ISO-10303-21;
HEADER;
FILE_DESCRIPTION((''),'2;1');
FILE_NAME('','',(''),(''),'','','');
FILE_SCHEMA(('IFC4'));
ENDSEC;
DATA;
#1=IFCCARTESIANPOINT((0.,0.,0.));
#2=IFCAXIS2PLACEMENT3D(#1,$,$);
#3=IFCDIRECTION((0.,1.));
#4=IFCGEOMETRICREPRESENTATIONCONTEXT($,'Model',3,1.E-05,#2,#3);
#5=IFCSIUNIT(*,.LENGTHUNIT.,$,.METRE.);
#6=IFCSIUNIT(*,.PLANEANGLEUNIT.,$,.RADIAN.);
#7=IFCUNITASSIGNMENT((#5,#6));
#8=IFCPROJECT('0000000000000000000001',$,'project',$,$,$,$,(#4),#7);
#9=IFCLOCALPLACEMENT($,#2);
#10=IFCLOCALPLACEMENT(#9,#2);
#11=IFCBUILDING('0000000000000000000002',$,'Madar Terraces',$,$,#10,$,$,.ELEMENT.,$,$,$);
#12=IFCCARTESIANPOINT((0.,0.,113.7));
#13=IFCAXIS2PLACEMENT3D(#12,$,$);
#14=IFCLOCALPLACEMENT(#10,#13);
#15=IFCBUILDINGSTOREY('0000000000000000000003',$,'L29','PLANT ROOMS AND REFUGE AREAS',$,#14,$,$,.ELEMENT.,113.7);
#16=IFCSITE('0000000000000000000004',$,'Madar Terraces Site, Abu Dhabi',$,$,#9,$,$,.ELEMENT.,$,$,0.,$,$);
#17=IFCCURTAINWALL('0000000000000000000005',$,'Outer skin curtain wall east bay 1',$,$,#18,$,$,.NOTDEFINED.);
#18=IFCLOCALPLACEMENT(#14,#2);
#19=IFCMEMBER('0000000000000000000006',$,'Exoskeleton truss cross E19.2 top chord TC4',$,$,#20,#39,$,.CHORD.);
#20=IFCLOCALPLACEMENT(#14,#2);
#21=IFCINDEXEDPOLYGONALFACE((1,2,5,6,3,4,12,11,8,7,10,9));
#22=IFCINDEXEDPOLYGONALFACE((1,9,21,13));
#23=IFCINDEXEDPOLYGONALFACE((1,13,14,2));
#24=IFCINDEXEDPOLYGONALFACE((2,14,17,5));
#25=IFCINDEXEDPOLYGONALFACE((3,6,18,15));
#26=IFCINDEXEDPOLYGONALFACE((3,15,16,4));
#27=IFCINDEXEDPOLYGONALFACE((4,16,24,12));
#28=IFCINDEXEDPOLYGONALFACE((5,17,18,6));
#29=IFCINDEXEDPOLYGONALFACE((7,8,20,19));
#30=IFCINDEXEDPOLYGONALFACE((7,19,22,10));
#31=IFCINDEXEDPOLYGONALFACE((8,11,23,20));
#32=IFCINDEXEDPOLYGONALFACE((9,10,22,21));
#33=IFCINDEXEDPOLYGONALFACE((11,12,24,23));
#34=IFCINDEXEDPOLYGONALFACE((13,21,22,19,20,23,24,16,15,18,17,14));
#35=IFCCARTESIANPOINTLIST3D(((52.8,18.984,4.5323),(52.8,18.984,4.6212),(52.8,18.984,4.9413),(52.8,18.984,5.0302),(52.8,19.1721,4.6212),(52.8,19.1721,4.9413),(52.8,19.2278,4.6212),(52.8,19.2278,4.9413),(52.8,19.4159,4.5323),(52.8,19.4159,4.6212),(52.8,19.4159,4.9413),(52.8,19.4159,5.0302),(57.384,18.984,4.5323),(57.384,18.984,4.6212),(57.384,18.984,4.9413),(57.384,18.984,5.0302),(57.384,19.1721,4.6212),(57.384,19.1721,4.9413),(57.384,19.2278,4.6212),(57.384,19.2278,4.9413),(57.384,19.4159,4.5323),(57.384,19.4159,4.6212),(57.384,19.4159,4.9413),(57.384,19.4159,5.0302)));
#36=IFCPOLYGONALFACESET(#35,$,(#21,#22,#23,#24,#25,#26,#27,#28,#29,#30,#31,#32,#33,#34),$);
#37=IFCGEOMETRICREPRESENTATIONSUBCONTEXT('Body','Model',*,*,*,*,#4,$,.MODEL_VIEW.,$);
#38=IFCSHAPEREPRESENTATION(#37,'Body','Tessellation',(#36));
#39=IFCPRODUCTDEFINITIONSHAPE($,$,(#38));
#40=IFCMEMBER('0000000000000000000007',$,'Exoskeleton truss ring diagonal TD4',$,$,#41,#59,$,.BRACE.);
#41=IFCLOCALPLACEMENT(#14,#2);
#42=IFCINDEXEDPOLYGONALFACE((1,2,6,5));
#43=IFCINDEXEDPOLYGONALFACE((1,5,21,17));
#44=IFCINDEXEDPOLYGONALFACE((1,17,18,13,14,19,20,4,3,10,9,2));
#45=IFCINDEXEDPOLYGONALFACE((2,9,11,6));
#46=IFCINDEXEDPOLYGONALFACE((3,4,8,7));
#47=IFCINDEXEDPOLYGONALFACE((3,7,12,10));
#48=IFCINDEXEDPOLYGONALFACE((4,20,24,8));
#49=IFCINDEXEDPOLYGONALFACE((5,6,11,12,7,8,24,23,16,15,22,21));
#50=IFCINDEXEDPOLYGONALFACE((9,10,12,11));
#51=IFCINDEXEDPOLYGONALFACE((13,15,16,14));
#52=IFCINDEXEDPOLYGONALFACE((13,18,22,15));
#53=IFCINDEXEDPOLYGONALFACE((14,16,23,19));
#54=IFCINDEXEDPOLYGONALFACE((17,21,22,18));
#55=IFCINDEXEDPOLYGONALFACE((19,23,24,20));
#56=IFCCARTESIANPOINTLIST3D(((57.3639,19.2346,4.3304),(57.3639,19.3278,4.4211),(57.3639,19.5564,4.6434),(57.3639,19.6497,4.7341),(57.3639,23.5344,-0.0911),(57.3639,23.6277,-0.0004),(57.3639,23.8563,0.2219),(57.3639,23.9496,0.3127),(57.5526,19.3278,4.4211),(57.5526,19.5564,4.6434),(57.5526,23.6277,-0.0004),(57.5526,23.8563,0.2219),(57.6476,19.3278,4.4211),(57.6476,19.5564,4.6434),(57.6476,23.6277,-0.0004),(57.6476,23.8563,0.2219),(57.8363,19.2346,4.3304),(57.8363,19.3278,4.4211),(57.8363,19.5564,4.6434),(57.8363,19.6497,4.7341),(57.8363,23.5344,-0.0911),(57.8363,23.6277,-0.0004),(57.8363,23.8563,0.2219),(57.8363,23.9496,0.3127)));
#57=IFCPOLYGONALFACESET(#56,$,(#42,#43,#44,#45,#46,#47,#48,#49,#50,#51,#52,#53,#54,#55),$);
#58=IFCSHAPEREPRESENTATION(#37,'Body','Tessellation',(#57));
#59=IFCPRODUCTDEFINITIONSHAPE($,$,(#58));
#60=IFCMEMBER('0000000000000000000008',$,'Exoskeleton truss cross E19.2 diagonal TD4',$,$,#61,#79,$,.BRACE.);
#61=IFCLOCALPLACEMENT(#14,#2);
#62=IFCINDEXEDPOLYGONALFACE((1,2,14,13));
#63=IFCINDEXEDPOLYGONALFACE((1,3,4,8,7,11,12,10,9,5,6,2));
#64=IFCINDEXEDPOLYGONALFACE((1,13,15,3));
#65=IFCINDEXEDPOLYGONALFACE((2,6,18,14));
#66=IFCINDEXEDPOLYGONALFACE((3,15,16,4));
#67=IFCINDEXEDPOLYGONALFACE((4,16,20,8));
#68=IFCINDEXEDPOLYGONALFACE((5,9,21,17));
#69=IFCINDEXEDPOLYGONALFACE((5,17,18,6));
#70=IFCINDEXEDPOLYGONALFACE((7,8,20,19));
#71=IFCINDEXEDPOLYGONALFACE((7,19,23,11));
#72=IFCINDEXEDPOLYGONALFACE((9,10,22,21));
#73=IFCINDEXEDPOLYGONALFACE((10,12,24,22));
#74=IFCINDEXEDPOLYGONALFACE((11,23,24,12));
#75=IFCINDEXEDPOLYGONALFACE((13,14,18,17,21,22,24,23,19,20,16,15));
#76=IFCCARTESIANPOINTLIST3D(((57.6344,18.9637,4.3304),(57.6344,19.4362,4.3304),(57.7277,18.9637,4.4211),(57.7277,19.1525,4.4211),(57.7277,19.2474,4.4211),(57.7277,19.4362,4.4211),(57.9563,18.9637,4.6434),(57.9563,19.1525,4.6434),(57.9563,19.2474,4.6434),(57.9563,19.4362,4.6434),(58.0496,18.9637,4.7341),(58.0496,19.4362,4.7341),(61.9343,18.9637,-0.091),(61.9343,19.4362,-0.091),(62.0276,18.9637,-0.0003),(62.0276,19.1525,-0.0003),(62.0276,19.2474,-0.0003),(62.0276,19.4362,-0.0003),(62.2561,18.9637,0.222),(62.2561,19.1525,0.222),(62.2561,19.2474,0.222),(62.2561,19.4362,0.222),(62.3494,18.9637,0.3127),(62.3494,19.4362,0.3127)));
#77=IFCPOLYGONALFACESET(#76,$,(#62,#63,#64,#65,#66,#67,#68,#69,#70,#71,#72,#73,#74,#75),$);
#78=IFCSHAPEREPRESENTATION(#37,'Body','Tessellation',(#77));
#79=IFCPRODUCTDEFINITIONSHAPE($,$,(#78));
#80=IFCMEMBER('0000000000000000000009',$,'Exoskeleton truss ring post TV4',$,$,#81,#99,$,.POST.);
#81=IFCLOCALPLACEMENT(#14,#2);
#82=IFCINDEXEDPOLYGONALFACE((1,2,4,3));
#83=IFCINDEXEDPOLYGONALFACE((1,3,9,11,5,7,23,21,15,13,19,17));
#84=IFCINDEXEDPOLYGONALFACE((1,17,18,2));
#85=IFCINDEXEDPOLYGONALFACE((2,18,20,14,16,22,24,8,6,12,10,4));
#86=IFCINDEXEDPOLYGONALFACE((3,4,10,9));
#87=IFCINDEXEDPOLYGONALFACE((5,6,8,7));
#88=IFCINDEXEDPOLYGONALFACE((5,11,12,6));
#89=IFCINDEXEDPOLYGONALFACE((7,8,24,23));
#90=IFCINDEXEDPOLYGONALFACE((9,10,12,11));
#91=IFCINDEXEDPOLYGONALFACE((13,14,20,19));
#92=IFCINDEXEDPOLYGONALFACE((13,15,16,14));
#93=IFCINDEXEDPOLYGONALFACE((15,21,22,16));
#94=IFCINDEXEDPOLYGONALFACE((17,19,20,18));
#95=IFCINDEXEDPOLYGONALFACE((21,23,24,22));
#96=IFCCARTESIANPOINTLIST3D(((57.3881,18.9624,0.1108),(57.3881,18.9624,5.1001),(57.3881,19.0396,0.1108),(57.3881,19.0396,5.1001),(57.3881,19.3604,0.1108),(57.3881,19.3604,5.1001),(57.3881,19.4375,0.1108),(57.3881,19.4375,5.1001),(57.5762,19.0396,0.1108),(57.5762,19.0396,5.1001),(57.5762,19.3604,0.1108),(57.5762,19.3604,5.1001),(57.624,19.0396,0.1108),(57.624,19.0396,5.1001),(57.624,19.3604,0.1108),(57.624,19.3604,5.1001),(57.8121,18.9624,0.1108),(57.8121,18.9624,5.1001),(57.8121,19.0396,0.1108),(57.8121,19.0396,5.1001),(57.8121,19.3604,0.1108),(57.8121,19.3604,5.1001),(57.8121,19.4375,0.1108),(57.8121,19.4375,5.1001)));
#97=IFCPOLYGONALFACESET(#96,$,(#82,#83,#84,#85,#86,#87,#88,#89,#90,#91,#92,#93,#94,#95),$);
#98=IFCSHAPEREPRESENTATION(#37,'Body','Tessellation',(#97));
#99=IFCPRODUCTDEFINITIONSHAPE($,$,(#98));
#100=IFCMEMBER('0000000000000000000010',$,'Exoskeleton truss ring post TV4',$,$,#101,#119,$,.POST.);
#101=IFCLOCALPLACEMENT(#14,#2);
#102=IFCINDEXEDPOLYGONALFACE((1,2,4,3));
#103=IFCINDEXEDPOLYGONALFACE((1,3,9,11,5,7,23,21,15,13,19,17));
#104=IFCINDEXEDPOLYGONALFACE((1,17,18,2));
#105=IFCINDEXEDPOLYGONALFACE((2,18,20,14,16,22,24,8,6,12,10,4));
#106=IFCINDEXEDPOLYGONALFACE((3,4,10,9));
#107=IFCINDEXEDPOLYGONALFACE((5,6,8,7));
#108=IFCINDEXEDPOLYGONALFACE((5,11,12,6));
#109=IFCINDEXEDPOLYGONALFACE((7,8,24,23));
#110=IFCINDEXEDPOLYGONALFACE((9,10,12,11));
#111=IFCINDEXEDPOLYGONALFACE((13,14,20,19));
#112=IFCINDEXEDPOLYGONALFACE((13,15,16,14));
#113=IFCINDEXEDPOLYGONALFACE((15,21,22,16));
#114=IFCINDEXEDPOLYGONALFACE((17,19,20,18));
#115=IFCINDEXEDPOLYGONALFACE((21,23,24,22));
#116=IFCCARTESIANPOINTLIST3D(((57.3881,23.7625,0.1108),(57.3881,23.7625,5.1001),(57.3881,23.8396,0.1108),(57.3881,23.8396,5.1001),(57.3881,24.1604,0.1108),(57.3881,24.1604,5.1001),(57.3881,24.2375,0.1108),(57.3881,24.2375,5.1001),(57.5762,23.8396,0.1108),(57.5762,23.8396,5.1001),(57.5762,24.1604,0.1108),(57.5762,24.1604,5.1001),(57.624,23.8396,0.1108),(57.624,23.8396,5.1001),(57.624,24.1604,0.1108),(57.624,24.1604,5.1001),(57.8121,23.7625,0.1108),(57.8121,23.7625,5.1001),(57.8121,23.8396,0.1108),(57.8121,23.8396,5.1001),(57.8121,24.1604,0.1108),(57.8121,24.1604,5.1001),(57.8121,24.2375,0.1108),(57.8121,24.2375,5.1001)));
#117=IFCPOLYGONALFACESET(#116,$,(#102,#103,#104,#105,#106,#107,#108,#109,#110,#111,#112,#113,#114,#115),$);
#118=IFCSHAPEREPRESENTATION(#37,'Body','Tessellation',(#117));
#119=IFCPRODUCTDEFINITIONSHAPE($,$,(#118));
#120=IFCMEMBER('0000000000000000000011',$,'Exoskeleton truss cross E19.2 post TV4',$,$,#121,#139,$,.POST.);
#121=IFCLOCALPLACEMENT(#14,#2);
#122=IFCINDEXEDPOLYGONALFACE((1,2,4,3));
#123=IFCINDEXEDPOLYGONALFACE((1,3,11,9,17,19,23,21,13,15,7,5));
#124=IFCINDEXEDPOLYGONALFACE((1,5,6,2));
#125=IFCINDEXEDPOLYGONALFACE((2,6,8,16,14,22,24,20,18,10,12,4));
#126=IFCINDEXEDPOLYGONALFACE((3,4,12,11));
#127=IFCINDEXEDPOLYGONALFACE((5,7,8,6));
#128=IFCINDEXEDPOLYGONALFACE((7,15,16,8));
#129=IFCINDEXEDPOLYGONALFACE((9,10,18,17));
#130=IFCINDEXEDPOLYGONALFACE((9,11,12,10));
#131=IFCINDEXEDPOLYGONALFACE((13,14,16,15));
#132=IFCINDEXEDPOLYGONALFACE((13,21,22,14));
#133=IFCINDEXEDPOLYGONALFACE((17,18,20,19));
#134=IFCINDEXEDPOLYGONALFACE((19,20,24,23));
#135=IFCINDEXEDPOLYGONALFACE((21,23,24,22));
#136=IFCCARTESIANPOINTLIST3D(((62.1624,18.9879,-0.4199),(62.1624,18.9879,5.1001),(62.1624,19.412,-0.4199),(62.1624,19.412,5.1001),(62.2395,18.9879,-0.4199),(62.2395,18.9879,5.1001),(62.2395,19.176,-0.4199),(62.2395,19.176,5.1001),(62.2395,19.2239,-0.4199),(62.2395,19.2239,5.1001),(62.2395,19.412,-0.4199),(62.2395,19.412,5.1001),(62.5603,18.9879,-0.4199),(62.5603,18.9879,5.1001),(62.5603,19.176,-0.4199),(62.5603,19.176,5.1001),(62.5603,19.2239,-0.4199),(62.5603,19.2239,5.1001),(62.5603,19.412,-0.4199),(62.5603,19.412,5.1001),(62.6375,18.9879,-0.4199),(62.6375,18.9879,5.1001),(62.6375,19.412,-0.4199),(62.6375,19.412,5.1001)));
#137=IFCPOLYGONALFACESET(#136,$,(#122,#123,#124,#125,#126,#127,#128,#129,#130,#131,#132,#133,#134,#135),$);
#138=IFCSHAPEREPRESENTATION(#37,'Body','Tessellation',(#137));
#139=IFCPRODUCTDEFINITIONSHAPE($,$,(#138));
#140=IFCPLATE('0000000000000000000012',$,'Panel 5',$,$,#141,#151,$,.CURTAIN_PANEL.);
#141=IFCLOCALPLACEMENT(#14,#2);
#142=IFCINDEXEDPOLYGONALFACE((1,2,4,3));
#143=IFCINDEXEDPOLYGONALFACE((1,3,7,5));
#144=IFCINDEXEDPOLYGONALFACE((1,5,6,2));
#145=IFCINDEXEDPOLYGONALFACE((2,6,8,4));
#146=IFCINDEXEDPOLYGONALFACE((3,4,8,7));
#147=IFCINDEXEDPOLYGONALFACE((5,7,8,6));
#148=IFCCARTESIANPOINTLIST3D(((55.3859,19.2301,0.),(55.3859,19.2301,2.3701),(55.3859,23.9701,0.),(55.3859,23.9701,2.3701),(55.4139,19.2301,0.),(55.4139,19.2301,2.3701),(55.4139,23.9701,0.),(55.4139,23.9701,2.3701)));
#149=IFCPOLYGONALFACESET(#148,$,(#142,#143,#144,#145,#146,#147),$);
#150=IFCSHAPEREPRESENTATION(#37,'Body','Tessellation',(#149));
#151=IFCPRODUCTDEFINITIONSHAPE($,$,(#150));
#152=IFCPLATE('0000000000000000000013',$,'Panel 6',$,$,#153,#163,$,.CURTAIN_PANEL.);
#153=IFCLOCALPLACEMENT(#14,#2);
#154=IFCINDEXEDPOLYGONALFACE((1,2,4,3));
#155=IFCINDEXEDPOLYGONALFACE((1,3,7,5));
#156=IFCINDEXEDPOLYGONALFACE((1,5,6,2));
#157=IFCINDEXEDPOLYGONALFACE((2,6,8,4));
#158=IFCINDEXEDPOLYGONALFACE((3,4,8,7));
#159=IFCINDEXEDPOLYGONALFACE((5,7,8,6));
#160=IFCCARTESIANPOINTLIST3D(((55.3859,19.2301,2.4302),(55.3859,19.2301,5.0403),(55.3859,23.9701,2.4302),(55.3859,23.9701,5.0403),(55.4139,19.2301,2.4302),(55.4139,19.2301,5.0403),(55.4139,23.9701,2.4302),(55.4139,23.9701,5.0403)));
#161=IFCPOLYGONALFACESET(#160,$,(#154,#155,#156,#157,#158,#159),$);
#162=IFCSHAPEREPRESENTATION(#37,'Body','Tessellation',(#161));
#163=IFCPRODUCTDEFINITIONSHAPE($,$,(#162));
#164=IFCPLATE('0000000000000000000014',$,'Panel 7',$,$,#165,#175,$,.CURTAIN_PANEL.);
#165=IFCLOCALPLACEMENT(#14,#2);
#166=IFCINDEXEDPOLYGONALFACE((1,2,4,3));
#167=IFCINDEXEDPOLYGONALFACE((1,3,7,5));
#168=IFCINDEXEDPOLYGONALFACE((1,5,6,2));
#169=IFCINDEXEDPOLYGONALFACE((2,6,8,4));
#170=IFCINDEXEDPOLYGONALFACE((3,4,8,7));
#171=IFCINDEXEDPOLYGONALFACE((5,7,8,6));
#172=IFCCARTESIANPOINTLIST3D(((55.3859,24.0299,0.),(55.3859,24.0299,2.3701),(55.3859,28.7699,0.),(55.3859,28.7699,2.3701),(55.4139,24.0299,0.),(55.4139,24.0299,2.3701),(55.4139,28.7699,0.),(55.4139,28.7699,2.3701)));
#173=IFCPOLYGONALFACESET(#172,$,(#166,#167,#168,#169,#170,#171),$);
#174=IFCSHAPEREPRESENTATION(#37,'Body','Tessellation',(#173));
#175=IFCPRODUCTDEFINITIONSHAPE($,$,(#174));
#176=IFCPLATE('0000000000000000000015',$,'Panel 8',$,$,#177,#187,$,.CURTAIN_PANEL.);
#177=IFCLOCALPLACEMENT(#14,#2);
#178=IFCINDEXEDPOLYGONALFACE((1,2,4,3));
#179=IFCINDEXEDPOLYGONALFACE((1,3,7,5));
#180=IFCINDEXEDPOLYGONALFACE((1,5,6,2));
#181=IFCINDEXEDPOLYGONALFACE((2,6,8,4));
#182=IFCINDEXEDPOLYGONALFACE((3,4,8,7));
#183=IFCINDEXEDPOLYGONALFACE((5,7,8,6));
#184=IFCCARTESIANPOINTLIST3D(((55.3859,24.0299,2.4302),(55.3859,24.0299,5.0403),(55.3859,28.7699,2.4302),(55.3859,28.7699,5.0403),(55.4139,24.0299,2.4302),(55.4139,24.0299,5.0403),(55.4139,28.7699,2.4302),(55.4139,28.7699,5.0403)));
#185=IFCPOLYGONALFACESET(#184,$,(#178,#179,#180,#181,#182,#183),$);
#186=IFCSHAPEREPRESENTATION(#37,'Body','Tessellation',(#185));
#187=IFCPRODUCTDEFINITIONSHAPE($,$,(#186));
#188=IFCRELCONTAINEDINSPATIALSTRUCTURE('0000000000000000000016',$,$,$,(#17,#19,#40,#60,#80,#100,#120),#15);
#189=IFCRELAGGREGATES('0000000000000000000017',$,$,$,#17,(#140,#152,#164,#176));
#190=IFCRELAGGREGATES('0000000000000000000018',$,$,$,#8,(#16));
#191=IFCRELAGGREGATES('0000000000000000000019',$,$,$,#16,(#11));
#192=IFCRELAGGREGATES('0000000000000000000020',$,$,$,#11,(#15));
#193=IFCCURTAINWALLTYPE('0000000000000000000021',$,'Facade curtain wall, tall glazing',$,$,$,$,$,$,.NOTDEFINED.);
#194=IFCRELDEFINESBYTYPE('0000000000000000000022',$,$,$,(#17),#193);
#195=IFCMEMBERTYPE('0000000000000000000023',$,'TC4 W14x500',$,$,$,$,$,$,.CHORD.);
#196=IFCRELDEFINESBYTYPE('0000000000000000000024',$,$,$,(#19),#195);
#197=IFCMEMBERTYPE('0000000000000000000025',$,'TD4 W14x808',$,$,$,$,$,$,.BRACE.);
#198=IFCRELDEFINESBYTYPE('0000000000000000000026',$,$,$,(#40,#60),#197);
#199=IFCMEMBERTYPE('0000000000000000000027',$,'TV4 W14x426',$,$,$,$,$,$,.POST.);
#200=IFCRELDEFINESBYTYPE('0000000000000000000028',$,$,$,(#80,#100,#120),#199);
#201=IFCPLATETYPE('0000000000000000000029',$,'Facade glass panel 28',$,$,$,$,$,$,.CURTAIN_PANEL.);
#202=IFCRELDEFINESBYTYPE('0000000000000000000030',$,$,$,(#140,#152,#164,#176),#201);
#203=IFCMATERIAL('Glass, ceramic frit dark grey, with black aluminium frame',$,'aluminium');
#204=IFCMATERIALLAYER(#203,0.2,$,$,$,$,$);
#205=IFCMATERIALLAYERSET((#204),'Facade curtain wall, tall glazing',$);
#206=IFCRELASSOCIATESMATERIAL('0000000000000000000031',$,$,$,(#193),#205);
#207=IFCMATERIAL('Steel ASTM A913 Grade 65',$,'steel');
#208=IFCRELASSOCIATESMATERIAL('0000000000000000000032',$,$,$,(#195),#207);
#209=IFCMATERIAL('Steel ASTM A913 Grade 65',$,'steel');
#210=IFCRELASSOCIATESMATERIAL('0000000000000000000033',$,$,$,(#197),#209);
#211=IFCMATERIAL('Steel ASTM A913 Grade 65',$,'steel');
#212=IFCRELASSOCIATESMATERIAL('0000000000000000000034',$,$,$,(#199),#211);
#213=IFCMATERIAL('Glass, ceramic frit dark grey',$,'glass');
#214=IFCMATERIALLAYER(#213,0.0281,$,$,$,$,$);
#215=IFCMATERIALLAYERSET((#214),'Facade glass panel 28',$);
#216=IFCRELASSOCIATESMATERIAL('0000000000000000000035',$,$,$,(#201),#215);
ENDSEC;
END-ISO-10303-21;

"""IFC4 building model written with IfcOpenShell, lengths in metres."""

from ifc_helpers import new_model, si_unit, direction, frame, origin, origin_2d, place, context, subcontext, project, spatial, rectangle, i_section, extrude, material, layer, layer_set, material_profile, profile_set, type_object, element, aggregate, save


model = new_model("IFC4")

# Units and contexts
model_context = context("Model", 3, precision=1e-05, world=origin(), true_north=direction((0.0, 1.0)))
body_context = subcontext(model_context, "Body", "Model", "MODEL_VIEW")
ifc_project = project(units=[si_unit("LENGTHUNIT", "METRE"), si_unit("PLANEANGLEUNIT", "RADIAN")], contexts=[model_context])

# Site, building, storey
site_placement = place(None, origin())
site = spatial("IfcSite", under=ifc_project, at=site_placement, Name="Madar Terraces Site, Abu Dhabi", CompositionType="ELEMENT", RefElevation=0.0)
building_placement = place(site_placement, origin())
building = spatial("IfcBuilding", under=site, at=building_placement, Name="Madar Terraces", CompositionType="ELEMENT")
storey_placement = place(building_placement, frame((0.0, 0.0, 113.7)))
storey = spatial("IfcBuildingStorey", under=building, at=storey_placement, Name="L29", Description="PLANT ROOMS AND REFUGE AREAS", CompositionType="ELEMENT", Elevation=113.7)

# Curtain wall
ifc_material_1 = material(Name="Glass, ceramic frit dark grey, with black aluminium frame", Category="aluminium")
ifc_layer_1 = layer(ifc_material_1, 0.2)
ifc_layer_set_1 = layer_set([ifc_layer_1], Name="Facade curtain wall, tall glazing")
curtain_wall_type = type_object("IfcCurtainWallType", Name="Facade curtain wall, tall glazing", PredefinedType="NOTDEFINED", material=ifc_layer_set_1)
curtain_wall_placement = place(storey_placement, origin())
curtain_wall = element("IfcCurtainWall", 1, at=curtain_wall_placement, inside=storey, type_object=curtain_wall_type, Name="Outer skin curtain wall east bay 1", PredefinedType="NOTDEFINED")

# Members
ifc_material_2 = material(Name="Steel ASTM A913 Grade 65", Category="steel")
ifc_material_profile_1 = material_profile(ifc_material_2, i_section(OverallWidth=0.4319, OverallDepth=0.4978, WebThickness=0.0557, FlangeThickness=0.0889, at=origin_2d()), Name="W14x500")
ifc_profile_set_1 = profile_set([ifc_material_profile_1], Name="Steel ASTM A913 Grade 65")
member_type_1 = type_object("IfcMemberType", Name="TC4 W14x500", PredefinedType="CHORD", material=ifc_profile_set_1)
for number, where, z_axis, x_axis, name in (
    (2, (57.384, 19.2, 4.7812), (-1.0, 0.0, 0.0), (0.0, -1.0, 0.0), "Exoskeleton truss cross E19.2 top chord TC4"),
):
    element("IfcMember", number, at=place(storey_placement, frame(where, z_axis=z_axis, x_axis=x_axis)), inside=storey, type_object=member_type_1, Name=name, PredefinedType="CHORD", context=body_context, shape_type="SweptSolid", body=[
        extrude(i_section(OverallWidth=0.4319, OverallDepth=0.4978, WebThickness=0.0557, FlangeThickness=0.0889, at=origin_2d()), origin(), (0.0, 0.0, 1.0), 4.584),
    ])
ifc_material_3 = material(Name="Steel ASTM A913 Grade 65", Category="steel")
ifc_material_profile_2 = material_profile(ifc_material_3, i_section(OverallWidth=0.4724, OverallDepth=0.5791, WebThickness=0.095, FlangeThickness=0.1301, at=origin_2d()), Name="W14x808")
ifc_profile_set_2 = profile_set([ifc_material_profile_2], Name="Steel ASTM A913 Grade 65")
member_type_2 = type_object("IfcMemberType", Name="TD4 W14x808", PredefinedType="BRACE", material=ifc_profile_set_2)
for number, where, z_axis, x_axis, name in (
    (3, (57.6001, 19.4421, 4.5322), (0.0, 0.697181, -0.716895), (-1.0, 0.0, 0.0), "Exoskeleton truss ring diagonal TD4"),
    (4, (62.1418, 19.2, 0.1108), (-0.697181, 0.0, 0.716895), (0.0, -1.0, 0.0), "Exoskeleton truss cross E19.2 diagonal TD4"),
):
    element("IfcMember", number, at=place(storey_placement, frame(where, z_axis=z_axis, x_axis=x_axis)), inside=storey, type_object=member_type_2, Name=name, PredefinedType="BRACE", context=body_context, shape_type="SweptSolid", body=[
        extrude(i_section(OverallWidth=0.4724, OverallDepth=0.5791, WebThickness=0.095, FlangeThickness=0.1301, at=origin_2d()), origin(), (0.0, 0.0, 1.0), 6.1675),
    ])
ifc_material_4 = material(Name="Steel ASTM A913 Grade 65", Category="steel")
ifc_material_profile_3 = material_profile(ifc_material_4, i_section(OverallWidth=0.4241, OverallDepth=0.4751, WebThickness=0.0479, FlangeThickness=0.0771, at=origin_2d()), Name="W14x426")
ifc_profile_set_3 = profile_set([ifc_material_profile_3], Name="Steel ASTM A913 Grade 65")
member_type_3 = type_object("IfcMemberType", Name="TV4 W14x426", PredefinedType="POST", material=ifc_profile_set_3)
for number, where, z_axis, x_axis, name in (
    (5, (57.6001, 19.2, 0.1108), (0.0, 0.0, 1.0), (-1.0, 0.0, 0.0), "Exoskeleton truss ring post TV4"),
    (6, (57.6001, 24.0, 0.1108), (0.0, 0.0, 1.0), (-1.0, 0.0, 0.0), "Exoskeleton truss ring post TV4"),
):
    element("IfcMember", number, at=place(storey_placement, frame(where, z_axis=z_axis, x_axis=x_axis)), inside=storey, type_object=member_type_3, Name=name, PredefinedType="POST", context=body_context, shape_type="SweptSolid", body=[
        extrude(i_section(OverallWidth=0.4241, OverallDepth=0.4751, WebThickness=0.0479, FlangeThickness=0.0771, at=origin_2d()), origin(), (0.0, 0.0, 1.0), 4.9893),
    ])
member_1_placement = place(storey_placement, frame((62.3999, 19.2, -0.4199), z_axis=(0.0, 0.0, 1.0), x_axis=(0.0, 1.0, 0.0)))
element("IfcMember", 7, at=member_1_placement, inside=storey, type_object=member_type_3, Name="Exoskeleton truss cross E19.2 post TV4", PredefinedType="POST", context=body_context, shape_type="SweptSolid", body=[
    extrude(i_section(OverallWidth=0.4241, OverallDepth=0.4751, WebThickness=0.0479, FlangeThickness=0.0771, at=origin_2d()), origin(), (0.0, 0.0, 1.0), 5.52),
])

# Plates
ifc_material_5 = material(Name="Glass, ceramic frit dark grey", Category="glass")
ifc_layer_2 = layer(ifc_material_5, 0.0281)
ifc_layer_set_2 = layer_set([ifc_layer_2], Name="Facade glass panel 28")
plate_type = type_object("IfcPlateType", Name="Facade glass panel 28", PredefinedType="CURTAIN_PANEL", material=ifc_layer_set_2)
plate_1_placement = place(storey_placement, frame((55.3999, 21.6001, 0.0), z_axis=(0.0, 0.0, 1.0), x_axis=(0.0, 1.0, 0.0)))
plate_1 = element("IfcPlate", 8, at=plate_1_placement, type_object=plate_type, Name="Panel 5", PredefinedType="CURTAIN_PANEL", context=body_context, shape_type="SweptSolid", body=[
    extrude(rectangle(XDim=4.74, YDim=0.0281, at=origin_2d()), origin(), (0.0, 0.0, 1.0), 2.3701),
])
plate_2_placement = place(storey_placement, frame((55.3999, 21.6001, 2.4302), z_axis=(0.0, 0.0, 1.0), x_axis=(0.0, 1.0, 0.0)))
plate_2 = element("IfcPlate", 9, at=plate_2_placement, type_object=plate_type, Name="Panel 6", PredefinedType="CURTAIN_PANEL", context=body_context, shape_type="SweptSolid", body=[
    extrude(rectangle(XDim=4.74, YDim=0.0281, at=origin_2d()), origin(), (0.0, 0.0, 1.0), 2.6101),
])
plate_3_placement = place(storey_placement, frame((55.3999, 26.3999, 0.0), z_axis=(0.0, 0.0, 1.0), x_axis=(0.0, 1.0, 0.0)))
plate_3 = element("IfcPlate", 10, at=plate_3_placement, type_object=plate_type, Name="Panel 7", PredefinedType="CURTAIN_PANEL", context=body_context, shape_type="SweptSolid", body=[
    extrude(rectangle(XDim=4.74, YDim=0.0281, at=origin_2d()), origin(), (0.0, 0.0, 1.0), 2.3701),
])
plate_4_placement = place(storey_placement, frame((55.3999, 26.3999, 2.4302), z_axis=(0.0, 0.0, 1.0), x_axis=(0.0, 1.0, 0.0)))
plate_4 = element("IfcPlate", 11, at=plate_4_placement, type_object=plate_type, Name="Panel 8", PredefinedType="CURTAIN_PANEL", context=body_context, shape_type="SweptSolid", body=[
    extrude(rectangle(XDim=4.74, YDim=0.0281, at=origin_2d()), origin(), (0.0, 0.0, 1.0), 2.6101),
])
aggregate(curtain_wall, [plate_1, plate_2, plate_3, plate_4])

save(model, "model.ifc")
